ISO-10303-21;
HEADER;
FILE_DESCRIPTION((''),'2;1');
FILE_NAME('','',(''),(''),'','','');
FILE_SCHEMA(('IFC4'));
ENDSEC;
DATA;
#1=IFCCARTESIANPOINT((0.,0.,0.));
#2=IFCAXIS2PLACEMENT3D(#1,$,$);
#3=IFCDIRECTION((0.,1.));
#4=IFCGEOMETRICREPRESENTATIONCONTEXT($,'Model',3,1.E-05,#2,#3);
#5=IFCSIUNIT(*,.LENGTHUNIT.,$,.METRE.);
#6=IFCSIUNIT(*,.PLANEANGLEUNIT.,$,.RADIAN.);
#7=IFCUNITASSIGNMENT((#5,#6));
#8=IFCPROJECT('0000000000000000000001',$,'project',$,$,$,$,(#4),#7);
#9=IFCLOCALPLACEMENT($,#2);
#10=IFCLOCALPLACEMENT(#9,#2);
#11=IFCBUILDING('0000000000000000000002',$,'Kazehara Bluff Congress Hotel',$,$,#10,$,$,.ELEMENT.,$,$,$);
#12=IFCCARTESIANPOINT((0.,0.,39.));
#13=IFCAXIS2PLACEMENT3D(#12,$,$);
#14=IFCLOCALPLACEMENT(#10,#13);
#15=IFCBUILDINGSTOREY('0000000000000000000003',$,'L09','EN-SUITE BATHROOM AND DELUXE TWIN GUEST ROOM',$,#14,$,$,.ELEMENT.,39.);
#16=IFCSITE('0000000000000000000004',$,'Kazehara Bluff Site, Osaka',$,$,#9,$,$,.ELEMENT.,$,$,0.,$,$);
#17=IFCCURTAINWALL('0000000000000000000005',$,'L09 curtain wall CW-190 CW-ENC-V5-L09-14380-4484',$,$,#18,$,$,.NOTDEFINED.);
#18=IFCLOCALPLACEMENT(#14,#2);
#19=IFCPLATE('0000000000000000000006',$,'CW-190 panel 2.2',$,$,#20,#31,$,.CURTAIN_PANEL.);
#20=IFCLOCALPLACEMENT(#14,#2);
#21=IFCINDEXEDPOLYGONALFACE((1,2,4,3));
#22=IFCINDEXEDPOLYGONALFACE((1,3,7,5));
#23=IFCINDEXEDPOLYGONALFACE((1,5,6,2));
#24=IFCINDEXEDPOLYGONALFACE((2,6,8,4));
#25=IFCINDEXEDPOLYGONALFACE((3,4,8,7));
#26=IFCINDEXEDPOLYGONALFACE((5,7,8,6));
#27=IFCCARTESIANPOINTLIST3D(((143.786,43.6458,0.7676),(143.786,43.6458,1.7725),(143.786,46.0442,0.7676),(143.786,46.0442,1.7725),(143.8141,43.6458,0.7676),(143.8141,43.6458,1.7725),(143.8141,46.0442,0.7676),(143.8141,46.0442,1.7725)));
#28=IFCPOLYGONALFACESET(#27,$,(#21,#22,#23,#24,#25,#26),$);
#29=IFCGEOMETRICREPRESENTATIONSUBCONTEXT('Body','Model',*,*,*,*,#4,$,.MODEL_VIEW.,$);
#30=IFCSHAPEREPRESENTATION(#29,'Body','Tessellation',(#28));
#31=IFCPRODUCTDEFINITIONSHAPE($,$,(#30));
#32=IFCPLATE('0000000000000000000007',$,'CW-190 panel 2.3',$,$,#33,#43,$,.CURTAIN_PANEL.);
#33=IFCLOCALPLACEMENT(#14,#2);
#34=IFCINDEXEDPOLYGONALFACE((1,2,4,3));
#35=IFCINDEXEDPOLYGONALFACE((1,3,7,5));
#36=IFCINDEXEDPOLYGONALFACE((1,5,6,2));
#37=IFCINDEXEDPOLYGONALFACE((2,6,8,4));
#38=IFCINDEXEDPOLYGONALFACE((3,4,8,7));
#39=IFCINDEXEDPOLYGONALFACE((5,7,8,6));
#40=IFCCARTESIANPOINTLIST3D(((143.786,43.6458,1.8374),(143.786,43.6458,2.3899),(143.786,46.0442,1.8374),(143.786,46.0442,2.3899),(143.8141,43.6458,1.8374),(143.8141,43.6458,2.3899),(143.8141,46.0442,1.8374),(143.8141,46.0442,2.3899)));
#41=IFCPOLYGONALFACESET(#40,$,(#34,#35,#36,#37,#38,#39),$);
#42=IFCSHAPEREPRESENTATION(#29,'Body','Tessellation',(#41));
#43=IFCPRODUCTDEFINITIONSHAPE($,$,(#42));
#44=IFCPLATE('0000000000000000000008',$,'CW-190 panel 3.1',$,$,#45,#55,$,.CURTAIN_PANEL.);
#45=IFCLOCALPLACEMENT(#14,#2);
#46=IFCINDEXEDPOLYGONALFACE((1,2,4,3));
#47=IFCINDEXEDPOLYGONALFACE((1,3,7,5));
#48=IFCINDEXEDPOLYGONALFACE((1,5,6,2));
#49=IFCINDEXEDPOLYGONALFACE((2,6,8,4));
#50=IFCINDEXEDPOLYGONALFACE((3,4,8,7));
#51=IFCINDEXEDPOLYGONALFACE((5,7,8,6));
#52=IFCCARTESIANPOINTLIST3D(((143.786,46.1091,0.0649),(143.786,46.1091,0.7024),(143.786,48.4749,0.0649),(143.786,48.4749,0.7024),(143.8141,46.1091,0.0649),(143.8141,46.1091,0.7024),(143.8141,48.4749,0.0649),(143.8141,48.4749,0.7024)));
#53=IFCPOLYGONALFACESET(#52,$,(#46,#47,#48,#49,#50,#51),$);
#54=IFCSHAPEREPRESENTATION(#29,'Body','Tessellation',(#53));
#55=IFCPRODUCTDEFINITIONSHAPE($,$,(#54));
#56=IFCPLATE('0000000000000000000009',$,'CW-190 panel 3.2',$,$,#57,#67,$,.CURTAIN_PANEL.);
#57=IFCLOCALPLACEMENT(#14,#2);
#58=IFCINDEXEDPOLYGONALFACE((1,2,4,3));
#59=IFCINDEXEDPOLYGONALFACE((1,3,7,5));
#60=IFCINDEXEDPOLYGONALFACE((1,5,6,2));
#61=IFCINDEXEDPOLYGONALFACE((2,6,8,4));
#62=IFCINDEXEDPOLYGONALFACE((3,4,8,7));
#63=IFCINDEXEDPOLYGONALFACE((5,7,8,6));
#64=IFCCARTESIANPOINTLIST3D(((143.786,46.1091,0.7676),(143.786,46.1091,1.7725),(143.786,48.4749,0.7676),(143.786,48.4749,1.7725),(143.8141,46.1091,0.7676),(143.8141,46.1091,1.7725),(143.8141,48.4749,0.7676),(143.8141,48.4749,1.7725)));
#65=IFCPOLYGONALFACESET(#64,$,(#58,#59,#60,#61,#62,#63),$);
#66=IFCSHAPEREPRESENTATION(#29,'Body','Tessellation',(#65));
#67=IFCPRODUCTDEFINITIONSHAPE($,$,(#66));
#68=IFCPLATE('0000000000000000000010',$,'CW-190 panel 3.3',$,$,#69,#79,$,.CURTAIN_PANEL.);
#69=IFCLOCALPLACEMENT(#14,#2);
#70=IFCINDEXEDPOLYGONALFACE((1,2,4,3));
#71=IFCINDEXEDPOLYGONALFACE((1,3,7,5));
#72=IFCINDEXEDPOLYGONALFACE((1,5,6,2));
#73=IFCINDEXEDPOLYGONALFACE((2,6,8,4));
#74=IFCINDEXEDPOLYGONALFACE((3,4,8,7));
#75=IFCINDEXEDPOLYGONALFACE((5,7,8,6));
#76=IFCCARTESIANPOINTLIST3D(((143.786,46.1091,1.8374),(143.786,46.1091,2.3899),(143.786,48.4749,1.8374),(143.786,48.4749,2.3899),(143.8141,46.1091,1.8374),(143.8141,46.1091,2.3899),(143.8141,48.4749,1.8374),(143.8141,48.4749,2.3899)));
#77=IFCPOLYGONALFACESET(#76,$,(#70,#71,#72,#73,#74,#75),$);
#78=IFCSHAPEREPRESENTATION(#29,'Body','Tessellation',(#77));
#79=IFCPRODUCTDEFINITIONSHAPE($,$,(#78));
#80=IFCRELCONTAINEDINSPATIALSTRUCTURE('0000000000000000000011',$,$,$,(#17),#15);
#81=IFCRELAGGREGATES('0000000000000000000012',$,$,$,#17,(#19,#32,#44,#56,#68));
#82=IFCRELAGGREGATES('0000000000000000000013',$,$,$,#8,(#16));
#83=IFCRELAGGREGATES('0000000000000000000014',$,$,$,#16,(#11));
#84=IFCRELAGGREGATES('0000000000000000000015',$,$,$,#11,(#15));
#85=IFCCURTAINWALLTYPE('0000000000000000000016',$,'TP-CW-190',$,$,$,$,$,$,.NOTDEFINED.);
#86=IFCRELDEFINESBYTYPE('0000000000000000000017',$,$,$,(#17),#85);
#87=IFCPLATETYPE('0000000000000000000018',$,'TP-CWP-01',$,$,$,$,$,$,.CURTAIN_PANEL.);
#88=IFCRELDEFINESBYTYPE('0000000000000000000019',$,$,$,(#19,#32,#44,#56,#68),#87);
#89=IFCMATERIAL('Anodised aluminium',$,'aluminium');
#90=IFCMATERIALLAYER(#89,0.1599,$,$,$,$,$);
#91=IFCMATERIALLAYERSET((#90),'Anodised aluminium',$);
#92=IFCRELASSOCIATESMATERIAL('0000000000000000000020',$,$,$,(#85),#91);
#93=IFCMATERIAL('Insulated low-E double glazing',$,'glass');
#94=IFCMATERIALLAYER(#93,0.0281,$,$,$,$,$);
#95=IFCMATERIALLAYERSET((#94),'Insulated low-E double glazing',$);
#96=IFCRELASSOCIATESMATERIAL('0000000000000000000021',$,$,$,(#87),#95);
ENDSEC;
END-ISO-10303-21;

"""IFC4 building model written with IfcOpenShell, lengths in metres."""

from ifc_helpers import new_model, si_unit, direction, frame, origin, origin_2d, place, context, subcontext, project, spatial, rectangle, extrude, material, layer, layer_set, type_object, element, aggregate, save


model = new_model("IFC4")

# Units and contexts
model_context = context("Model", 3, precision=1e-05, world=origin(), true_north=direction((0.0, 1.0)))
body_context = subcontext(model_context, "Body", "Model", "MODEL_VIEW")
ifc_project = project(units=[si_unit("LENGTHUNIT", "METRE"), si_unit("PLANEANGLEUNIT", "RADIAN")], contexts=[model_context])

# Site, building, storey
site_placement = place(None, origin())
site = spatial("IfcSite", under=ifc_project, at=site_placement, Name="Kazehara Bluff Site, Osaka", CompositionType="ELEMENT", RefElevation=0.0)
building_placement = place(site_placement, origin())
building = spatial("IfcBuilding", under=site, at=building_placement, Name="Kazehara Bluff Congress Hotel", CompositionType="ELEMENT")
storey_placement = place(building_placement, frame((0.0, 0.0, 39.0)))
storey = spatial("IfcBuildingStorey", under=building, at=storey_placement, Name="L09", Description="EN-SUITE BATHROOM AND DELUXE TWIN GUEST ROOM", CompositionType="ELEMENT", Elevation=39.0)

# Curtain wall, plates
ifc_material_1 = material(Name="Anodised aluminium", Category="aluminium")
ifc_layer_1 = layer(ifc_material_1, 0.1599)
ifc_layer_set_1 = layer_set([ifc_layer_1], Name="Anodised aluminium")
curtain_wall_type_1 = type_object("IfcCurtainWallType", Name="TP-CW-190", PredefinedType="NOTDEFINED", material=ifc_layer_set_1)
curtain_wall_1_placement = place(storey_placement, origin())
curtain_wall_1 = element("IfcCurtainWall", 1, at=curtain_wall_1_placement, inside=storey, type_object=curtain_wall_type_1, Name="L09 curtain wall CW-190 CW-ENC-V5-L09-14380-4484", PredefinedType="NOTDEFINED")
ifc_material_2 = material(Name="Insulated low-E double glazing", Category="glass")
ifc_layer_2 = layer(ifc_material_2, 0.0281)
ifc_layer_set_2 = layer_set([ifc_layer_2], Name="Insulated low-E double glazing")
plate_type = type_object("IfcPlateType", Name="TP-CWP-01", PredefinedType="CURTAIN_PANEL", material=ifc_layer_set_2)
plate_1_placement = place(storey_placement, frame((143.8, 44.845, 0.7676), z_axis=(0.0, 0.0, 1.0), x_axis=(0.0, 1.0, 0.0)))
plate_1 = element("IfcPlate", 2, at=plate_1_placement, type_object=plate_type, Name="CW-190 panel 2.2", PredefinedType="CURTAIN_PANEL", context=body_context, shape_type="SweptSolid", body=[
    extrude(rectangle(XDim=2.3984, YDim=0.0281, at=origin_2d()), origin(), (0.0, 0.0, 1.0), 1.0049),
])
plate_2_placement = place(storey_placement, frame((143.8, 44.845, 1.8374), z_axis=(0.0, 0.0, 1.0), x_axis=(0.0, 1.0, 0.0)))
plate_2 = element("IfcPlate", 3, at=plate_2_placement, type_object=plate_type, Name="CW-190 panel 2.3", PredefinedType="CURTAIN_PANEL", context=body_context, shape_type="SweptSolid", body=[
    extrude(rectangle(XDim=2.3984, YDim=0.0281, at=origin_2d()), origin(), (0.0, 0.0, 1.0), 0.5525),
])
plate_3_placement = place(storey_placement, frame((143.8, 47.292, 0.0649), z_axis=(0.0, 0.0, 1.0), x_axis=(0.0, 1.0, 0.0)))
plate_3 = element("IfcPlate", 4, at=plate_3_placement, type_object=plate_type, Name="CW-190 panel 3.1", PredefinedType="CURTAIN_PANEL", context=body_context, shape_type="SweptSolid", body=[
    extrude(rectangle(XDim=2.3657, YDim=0.0281, at=origin_2d()), origin(), (0.0, 0.0, 1.0), 0.6375),
])
plate_4_placement = place(storey_placement, frame((143.8, 47.292, 0.7676), z_axis=(0.0, 0.0, 1.0), x_axis=(0.0, 1.0, 0.0)))
plate_4 = element("IfcPlate", 5, at=plate_4_placement, type_object=plate_type, Name="CW-190 panel 3.2", PredefinedType="CURTAIN_PANEL", context=body_context, shape_type="SweptSolid", body=[
    extrude(rectangle(XDim=2.3657, YDim=0.0281, at=origin_2d()), origin(), (0.0, 0.0, 1.0), 1.0049),
])
plate_5_placement = place(storey_placement, frame((143.8, 47.292, 1.8374), z_axis=(0.0, 0.0, 1.0), x_axis=(0.0, 1.0, 0.0)))
plate_5 = element("IfcPlate", 6, at=plate_5_placement, type_object=plate_type, Name="CW-190 panel 3.3", PredefinedType="CURTAIN_PANEL", context=body_context, shape_type="SweptSolid", body=[
    extrude(rectangle(XDim=2.3657, YDim=0.0281, at=origin_2d()), origin(), (0.0, 0.0, 1.0), 0.5525),
])
aggregate(curtain_wall_1, [plate_1, plate_2, plate_3, plate_4, plate_5])

save(model, "model.ifc")
